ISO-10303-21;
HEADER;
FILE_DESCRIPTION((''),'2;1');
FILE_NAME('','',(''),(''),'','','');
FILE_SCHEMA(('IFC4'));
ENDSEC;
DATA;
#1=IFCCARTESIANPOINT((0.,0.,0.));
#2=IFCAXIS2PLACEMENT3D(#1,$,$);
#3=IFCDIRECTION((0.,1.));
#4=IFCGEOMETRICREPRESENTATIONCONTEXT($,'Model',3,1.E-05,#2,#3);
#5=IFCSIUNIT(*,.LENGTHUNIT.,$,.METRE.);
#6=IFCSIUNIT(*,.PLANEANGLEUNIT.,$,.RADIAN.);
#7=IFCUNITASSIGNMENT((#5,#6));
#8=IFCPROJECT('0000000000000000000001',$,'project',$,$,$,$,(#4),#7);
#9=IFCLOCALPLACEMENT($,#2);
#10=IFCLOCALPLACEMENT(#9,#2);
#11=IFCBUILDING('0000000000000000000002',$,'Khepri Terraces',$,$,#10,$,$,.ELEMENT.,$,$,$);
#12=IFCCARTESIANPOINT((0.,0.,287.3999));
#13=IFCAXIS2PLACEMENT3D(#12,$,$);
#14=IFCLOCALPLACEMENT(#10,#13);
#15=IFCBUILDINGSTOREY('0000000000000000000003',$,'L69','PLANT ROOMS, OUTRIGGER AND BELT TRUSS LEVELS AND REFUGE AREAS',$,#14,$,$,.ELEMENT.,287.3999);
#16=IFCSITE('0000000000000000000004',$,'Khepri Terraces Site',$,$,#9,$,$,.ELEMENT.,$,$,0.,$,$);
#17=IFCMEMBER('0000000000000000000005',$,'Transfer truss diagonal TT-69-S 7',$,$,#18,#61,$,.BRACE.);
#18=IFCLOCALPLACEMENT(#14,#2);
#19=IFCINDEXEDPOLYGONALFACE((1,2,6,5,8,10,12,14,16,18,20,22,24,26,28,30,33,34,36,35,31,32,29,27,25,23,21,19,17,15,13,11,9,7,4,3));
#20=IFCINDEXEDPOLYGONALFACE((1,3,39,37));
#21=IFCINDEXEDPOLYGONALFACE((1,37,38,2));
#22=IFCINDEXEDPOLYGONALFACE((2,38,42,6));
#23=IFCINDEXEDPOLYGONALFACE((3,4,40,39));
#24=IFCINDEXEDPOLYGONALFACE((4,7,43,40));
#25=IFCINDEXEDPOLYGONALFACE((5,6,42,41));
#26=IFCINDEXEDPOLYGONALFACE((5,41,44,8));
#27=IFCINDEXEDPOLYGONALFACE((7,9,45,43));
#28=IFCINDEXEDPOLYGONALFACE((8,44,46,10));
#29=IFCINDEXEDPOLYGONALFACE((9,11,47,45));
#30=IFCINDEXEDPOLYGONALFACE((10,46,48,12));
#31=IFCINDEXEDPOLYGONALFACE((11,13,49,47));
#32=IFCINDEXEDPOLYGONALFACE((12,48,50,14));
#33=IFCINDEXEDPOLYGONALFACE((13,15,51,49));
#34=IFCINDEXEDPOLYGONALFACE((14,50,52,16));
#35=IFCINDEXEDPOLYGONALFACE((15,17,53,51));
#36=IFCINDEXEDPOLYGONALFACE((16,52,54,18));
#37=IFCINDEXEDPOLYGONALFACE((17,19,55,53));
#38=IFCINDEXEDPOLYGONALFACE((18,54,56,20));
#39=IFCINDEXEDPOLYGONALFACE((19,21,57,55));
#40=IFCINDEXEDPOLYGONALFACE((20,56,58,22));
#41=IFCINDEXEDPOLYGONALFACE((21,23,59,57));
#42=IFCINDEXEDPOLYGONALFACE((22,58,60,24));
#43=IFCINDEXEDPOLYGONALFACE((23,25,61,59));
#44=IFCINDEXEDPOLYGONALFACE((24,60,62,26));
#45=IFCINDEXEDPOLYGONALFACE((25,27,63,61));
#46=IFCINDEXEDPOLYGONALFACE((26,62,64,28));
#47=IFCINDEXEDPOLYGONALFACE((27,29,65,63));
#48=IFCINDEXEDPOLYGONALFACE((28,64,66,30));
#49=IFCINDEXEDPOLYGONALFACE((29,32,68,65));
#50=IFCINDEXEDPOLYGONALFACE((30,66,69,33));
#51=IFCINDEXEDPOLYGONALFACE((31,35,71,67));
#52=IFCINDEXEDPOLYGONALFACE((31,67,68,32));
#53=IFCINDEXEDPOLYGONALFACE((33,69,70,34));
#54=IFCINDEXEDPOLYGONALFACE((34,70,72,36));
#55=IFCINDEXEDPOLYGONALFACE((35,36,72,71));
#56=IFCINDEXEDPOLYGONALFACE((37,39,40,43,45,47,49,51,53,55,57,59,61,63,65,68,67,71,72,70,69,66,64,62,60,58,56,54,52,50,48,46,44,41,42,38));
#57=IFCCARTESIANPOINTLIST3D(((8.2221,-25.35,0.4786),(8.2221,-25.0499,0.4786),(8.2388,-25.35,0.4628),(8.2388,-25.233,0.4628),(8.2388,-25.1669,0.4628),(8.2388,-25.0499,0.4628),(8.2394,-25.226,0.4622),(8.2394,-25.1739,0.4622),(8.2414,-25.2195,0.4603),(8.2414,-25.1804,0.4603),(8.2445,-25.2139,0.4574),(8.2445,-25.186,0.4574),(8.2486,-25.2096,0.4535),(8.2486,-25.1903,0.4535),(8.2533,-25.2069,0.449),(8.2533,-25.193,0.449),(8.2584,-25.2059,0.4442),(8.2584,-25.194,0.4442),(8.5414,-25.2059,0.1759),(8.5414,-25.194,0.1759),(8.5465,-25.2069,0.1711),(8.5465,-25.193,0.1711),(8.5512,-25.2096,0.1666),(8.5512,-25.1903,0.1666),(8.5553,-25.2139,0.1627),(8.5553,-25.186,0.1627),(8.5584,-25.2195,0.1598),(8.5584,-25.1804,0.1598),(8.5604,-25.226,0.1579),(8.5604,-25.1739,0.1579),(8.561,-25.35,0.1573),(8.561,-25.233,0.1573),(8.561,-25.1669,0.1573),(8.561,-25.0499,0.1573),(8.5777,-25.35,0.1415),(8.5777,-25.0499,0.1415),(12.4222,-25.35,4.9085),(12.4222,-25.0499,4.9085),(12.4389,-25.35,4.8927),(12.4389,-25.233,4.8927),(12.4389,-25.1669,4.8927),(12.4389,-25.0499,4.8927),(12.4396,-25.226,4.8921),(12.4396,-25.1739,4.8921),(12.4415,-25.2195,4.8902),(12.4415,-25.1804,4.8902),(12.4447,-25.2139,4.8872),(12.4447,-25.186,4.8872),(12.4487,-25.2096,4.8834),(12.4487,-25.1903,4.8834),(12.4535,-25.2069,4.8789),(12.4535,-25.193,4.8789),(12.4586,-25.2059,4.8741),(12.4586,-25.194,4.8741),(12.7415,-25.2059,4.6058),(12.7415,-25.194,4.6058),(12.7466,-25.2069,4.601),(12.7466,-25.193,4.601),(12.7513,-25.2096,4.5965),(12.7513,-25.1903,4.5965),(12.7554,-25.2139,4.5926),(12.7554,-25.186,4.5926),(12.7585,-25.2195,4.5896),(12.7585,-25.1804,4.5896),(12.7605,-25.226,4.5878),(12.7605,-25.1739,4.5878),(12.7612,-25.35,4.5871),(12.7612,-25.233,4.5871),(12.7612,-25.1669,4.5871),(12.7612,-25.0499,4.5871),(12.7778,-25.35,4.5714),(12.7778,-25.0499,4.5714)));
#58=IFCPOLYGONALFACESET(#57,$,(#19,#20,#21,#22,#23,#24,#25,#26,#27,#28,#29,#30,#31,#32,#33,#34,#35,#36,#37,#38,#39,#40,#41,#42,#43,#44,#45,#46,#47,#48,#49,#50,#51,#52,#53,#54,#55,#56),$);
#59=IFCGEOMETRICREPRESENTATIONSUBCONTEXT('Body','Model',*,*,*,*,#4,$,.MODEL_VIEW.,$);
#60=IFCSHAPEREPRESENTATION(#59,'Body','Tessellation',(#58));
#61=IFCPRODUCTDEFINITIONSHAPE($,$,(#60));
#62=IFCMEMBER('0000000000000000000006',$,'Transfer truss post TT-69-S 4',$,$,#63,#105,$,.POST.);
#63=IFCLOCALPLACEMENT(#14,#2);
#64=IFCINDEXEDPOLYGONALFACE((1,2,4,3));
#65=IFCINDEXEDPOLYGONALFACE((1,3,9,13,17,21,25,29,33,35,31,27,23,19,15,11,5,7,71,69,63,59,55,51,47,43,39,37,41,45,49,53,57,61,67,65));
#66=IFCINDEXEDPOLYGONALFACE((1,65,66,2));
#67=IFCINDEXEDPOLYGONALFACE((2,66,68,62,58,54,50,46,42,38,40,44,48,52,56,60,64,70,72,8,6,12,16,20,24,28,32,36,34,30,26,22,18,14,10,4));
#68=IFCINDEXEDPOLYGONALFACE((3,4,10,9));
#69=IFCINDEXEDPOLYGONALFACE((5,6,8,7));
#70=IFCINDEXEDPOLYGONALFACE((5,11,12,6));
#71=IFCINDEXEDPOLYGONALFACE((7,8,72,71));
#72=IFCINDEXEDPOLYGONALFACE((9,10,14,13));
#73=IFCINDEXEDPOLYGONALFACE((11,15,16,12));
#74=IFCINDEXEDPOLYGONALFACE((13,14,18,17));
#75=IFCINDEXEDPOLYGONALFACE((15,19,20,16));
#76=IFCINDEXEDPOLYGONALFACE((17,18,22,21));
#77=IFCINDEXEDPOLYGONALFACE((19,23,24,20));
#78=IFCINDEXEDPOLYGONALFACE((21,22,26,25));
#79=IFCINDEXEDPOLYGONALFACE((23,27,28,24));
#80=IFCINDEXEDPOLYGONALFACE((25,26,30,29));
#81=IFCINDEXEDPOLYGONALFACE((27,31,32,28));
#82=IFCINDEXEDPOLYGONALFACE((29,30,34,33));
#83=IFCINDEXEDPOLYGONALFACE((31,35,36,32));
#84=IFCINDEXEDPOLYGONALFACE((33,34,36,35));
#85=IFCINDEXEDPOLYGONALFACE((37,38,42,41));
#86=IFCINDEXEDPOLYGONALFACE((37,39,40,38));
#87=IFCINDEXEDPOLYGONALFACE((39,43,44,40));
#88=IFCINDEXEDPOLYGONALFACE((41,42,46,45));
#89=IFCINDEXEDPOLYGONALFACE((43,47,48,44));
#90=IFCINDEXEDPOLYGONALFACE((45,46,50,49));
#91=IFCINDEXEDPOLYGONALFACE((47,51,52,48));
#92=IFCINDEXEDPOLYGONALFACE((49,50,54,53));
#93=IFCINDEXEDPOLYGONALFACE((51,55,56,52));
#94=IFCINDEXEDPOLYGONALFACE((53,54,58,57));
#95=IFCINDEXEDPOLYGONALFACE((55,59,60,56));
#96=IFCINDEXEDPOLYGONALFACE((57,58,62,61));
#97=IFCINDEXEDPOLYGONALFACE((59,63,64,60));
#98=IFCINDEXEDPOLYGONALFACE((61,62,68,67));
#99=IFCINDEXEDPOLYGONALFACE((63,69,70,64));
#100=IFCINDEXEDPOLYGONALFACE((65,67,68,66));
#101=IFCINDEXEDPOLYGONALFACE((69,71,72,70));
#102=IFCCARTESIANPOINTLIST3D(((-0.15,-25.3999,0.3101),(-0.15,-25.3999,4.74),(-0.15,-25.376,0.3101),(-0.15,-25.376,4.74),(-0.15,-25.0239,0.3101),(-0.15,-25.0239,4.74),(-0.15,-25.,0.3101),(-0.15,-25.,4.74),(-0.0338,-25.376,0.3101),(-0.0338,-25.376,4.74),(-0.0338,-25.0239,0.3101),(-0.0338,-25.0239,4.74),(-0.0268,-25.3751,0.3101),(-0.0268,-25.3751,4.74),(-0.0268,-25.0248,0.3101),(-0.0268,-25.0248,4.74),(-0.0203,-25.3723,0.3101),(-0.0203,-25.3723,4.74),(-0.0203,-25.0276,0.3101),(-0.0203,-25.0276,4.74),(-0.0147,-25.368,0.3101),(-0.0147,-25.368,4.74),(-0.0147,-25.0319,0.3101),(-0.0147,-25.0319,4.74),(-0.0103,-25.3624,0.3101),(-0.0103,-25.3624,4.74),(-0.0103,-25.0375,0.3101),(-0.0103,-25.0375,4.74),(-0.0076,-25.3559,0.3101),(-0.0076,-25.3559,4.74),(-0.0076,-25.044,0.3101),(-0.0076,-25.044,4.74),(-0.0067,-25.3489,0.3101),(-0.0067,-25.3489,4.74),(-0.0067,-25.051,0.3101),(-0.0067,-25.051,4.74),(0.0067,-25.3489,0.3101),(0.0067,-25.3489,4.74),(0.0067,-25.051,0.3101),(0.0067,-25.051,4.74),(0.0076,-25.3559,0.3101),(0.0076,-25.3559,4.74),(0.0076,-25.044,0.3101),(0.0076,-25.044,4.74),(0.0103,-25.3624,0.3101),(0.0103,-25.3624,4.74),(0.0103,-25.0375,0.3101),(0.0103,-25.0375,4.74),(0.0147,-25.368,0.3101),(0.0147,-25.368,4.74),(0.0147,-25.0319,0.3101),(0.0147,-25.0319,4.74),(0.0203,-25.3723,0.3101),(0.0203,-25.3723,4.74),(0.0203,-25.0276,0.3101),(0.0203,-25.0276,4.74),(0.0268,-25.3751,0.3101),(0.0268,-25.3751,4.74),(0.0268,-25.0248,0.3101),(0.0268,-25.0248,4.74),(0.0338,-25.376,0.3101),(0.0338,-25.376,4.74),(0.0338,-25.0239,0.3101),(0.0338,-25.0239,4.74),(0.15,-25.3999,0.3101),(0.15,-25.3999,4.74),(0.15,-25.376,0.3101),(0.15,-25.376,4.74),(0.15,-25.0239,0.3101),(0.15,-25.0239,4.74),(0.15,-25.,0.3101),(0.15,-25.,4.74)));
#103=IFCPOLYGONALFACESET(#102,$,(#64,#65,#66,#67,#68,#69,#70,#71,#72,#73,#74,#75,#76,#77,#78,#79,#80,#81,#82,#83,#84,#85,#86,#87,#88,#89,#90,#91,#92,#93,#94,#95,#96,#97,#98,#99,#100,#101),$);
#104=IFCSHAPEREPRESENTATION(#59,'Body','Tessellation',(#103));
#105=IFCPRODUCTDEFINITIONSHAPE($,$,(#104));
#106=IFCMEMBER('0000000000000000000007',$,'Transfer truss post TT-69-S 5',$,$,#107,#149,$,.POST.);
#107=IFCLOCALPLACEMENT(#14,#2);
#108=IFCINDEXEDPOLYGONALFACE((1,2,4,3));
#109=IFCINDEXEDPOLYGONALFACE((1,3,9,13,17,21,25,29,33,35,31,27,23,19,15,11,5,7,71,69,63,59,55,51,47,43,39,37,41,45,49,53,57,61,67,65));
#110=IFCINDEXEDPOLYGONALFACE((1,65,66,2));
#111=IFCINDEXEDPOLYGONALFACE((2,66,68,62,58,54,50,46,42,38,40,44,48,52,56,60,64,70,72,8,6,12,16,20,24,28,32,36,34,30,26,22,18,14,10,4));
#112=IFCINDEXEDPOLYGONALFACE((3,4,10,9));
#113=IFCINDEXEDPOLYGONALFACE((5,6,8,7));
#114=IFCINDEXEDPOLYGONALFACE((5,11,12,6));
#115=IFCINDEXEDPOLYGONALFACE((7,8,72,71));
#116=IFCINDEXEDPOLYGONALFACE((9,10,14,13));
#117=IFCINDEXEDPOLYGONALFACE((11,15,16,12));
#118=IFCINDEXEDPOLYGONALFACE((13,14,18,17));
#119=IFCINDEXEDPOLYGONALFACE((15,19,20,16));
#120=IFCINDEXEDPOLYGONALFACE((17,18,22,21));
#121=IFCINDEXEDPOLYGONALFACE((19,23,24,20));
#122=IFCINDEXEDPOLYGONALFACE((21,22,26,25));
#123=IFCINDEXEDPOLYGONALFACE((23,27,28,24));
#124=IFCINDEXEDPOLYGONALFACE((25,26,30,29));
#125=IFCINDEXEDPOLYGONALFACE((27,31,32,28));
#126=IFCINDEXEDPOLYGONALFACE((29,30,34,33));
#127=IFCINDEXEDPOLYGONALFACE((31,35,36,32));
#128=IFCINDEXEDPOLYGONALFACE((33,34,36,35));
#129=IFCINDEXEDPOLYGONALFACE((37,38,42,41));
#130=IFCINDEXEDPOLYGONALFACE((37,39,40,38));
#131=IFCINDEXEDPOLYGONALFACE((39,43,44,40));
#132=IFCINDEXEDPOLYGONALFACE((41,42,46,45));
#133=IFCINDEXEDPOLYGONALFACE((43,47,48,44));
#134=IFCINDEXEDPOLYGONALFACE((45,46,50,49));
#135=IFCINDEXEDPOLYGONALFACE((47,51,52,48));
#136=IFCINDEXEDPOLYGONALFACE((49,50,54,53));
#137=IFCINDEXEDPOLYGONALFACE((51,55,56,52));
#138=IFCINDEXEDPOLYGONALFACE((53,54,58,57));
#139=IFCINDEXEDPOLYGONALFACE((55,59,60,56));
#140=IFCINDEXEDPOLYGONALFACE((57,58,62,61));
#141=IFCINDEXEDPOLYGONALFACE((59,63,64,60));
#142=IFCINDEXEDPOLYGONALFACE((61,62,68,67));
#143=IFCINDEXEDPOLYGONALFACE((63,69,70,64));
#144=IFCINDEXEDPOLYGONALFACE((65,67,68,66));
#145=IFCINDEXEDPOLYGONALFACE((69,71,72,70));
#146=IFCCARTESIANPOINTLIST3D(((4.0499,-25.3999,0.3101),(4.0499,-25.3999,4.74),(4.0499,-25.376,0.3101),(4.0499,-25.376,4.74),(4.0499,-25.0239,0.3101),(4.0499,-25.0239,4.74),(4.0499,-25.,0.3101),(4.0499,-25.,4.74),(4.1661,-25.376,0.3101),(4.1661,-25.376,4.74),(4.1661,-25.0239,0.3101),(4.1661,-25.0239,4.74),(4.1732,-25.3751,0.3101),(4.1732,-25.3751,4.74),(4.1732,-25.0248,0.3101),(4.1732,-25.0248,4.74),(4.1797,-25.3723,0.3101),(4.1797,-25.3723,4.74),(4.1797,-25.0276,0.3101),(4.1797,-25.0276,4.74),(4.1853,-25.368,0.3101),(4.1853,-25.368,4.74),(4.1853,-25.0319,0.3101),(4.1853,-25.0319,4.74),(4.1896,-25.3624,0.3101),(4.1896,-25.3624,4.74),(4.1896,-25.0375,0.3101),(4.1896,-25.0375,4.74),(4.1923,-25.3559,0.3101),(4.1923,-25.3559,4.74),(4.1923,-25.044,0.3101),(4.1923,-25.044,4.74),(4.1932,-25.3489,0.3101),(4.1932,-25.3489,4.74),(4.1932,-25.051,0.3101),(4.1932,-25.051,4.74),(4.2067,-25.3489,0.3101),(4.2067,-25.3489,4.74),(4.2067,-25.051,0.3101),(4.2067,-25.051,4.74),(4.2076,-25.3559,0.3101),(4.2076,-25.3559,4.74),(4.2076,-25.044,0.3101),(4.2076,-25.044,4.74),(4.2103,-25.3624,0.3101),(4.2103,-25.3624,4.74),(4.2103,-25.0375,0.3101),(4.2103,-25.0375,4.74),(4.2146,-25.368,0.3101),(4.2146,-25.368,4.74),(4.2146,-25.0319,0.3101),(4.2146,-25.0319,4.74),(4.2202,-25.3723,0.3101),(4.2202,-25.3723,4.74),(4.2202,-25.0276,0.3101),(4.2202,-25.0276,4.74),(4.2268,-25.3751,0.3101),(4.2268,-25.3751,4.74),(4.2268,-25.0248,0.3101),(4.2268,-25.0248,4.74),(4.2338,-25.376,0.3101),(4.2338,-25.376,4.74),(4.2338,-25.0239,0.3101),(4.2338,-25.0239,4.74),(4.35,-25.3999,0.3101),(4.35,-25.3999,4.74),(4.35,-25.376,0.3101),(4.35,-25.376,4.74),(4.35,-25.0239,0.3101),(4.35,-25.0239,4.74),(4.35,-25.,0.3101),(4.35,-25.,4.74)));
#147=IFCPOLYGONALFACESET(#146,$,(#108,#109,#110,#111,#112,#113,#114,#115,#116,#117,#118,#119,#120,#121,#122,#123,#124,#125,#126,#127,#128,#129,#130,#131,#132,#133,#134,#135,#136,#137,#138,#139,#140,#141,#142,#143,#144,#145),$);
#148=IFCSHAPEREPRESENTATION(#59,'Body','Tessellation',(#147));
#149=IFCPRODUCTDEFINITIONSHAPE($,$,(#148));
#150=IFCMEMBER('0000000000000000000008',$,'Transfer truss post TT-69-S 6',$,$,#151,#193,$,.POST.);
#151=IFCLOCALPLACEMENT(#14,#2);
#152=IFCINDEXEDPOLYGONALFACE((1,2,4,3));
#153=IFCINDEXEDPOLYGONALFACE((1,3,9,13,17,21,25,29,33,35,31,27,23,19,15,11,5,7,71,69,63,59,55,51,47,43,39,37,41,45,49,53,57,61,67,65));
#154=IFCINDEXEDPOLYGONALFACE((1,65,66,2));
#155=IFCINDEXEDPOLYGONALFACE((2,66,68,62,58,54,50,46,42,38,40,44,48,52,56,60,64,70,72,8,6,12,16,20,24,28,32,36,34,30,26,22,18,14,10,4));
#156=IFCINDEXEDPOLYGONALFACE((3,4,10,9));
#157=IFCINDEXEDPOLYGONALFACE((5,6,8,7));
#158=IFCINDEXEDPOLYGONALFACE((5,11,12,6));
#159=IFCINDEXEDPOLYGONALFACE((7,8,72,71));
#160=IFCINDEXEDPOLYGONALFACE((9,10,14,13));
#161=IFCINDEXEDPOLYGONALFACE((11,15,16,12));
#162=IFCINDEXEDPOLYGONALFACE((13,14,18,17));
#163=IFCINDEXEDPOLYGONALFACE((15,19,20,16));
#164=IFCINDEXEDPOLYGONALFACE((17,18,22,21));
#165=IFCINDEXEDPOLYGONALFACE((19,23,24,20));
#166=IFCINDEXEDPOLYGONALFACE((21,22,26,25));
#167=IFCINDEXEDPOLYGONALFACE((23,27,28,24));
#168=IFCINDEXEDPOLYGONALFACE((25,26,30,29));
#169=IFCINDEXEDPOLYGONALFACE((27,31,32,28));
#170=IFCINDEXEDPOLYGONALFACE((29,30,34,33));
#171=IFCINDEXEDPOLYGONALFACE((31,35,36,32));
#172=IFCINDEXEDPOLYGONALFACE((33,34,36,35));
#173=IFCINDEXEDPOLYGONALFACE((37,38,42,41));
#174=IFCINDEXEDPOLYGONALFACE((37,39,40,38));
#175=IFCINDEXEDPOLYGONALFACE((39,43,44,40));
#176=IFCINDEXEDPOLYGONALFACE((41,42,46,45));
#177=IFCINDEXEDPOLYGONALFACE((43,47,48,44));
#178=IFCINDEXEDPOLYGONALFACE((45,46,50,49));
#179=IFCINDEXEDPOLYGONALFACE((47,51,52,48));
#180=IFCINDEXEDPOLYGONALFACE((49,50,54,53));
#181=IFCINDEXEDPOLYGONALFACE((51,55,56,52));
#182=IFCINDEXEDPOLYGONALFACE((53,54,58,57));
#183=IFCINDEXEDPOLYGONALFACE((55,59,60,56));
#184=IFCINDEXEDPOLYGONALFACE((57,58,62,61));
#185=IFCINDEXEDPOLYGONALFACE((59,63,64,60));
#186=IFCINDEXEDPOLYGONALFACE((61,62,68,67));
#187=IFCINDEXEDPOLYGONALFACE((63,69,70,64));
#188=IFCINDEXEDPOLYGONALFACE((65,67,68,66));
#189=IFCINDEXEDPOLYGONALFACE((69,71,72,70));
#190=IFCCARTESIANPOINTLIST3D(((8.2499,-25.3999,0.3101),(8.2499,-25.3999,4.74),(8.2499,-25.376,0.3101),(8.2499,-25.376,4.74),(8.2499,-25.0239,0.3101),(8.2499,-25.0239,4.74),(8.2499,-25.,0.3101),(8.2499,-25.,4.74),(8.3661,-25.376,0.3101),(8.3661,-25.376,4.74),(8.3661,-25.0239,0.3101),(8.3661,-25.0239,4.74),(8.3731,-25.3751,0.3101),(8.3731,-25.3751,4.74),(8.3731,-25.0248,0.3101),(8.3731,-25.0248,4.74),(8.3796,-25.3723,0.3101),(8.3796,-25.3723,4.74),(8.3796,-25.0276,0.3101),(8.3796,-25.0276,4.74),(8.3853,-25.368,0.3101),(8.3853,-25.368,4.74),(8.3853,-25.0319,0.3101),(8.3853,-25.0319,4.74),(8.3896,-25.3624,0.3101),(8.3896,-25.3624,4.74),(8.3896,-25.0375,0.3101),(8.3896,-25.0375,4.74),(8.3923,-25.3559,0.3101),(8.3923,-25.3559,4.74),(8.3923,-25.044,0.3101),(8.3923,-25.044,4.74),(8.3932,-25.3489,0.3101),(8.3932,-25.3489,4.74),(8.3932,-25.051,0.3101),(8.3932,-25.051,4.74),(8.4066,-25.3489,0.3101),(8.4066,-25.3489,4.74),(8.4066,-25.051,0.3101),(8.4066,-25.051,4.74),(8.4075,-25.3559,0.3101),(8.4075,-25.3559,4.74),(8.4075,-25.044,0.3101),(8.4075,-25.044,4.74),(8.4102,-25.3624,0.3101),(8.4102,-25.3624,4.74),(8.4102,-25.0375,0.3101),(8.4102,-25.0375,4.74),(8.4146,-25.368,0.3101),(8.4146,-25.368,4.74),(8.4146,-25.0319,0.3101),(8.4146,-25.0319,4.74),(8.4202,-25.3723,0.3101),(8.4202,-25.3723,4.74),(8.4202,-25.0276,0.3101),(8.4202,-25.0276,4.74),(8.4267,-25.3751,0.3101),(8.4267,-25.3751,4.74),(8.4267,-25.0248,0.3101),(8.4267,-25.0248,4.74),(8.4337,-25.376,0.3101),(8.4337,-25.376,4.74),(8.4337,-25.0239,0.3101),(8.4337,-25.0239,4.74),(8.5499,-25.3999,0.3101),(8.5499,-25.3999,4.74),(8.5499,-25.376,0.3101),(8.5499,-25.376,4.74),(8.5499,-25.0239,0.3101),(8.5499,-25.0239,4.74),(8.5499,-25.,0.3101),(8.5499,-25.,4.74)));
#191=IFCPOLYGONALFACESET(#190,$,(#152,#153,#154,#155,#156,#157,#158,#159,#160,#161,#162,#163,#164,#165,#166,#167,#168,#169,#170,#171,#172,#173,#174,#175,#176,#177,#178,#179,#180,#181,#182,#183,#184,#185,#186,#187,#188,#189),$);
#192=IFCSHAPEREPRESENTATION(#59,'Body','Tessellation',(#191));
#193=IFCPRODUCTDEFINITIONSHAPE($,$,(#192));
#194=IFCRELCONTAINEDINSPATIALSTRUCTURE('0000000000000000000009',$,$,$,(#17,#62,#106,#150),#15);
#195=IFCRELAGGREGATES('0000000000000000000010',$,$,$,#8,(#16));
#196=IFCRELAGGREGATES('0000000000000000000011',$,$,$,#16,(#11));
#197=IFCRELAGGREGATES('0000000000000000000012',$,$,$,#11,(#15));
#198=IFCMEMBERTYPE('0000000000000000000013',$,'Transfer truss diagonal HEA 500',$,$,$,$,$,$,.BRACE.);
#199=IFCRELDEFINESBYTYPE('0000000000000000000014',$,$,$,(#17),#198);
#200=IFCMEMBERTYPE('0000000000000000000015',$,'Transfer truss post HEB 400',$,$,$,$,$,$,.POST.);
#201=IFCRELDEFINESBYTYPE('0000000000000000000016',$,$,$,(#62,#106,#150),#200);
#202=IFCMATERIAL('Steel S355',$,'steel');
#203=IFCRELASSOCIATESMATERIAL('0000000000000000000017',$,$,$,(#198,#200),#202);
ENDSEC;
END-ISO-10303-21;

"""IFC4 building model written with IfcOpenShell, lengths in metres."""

from ifc_helpers import new_model, si_unit, direction, frame, origin, origin_2d, place, context, subcontext, project, spatial, i_section, extrude, material, material_profile, profile_set, type_object, element, save


model = new_model("IFC4")

# Units and contexts
model_context = context("Model", 3, precision=1e-05, world=origin(), true_north=direction((0.0, 1.0)))
body_context = subcontext(model_context, "Body", "Model", "MODEL_VIEW")
ifc_project = project(units=[si_unit("LENGTHUNIT", "METRE"), si_unit("PLANEANGLEUNIT", "RADIAN")], contexts=[model_context])

# Site, building, storey
site_placement = place(None, origin())
site = spatial("IfcSite", under=ifc_project, at=site_placement, Name="Khepri Terraces Site", CompositionType="ELEMENT", RefElevation=0.0)
building_placement = place(site_placement, origin())
building = spatial("IfcBuilding", under=site, at=building_placement, Name="Khepri Terraces", CompositionType="ELEMENT")
storey_placement = place(building_placement, frame((0.0, 0.0, 287.3999)))
storey = spatial("IfcBuildingStorey", under=building, at=storey_placement, Name="L69", Description="PLANT ROOMS, OUTRIGGER AND BELT TRUSS LEVELS AND REFUGE AREAS", CompositionType="ELEMENT", Elevation=287.3999)

# Members
ifc_material_1 = material(Name="Steel S355", Category="steel")
ifc_material_profile_1 = material_profile(ifc_material_1, i_section(OverallWidth=0.3, OverallDepth=0.49, WebThickness=0.012, FlangeThickness=0.0229, FilletRadius=0.0271, at=origin_2d()), Name="Steel S355", Category="steel")
ifc_profile_set_1 = profile_set([ifc_material_profile_1], Name="Steel S355")
member_type_1 = type_object("IfcMemberType", Name="Transfer truss diagonal HEA 500", PredefinedType="BRACE", material=ifc_profile_set_1)
for number, where, z_axis, x_axis, name in (
    (1, (8.3999, -25.2, 0.3101), (0.68804, 0.0, 0.725673), (0.0, 1.0, 0.0), "Transfer truss diagonal TT-69-S 7"),
):
    element("IfcMember", number, at=place(storey_placement, frame(where, z_axis=z_axis, x_axis=x_axis)), inside=storey, type_object=member_type_1, Name=name, PredefinedType="BRACE", context=body_context, shape_type="SweptSolid", body=[
        extrude(i_section(OverallWidth=0.3, OverallDepth=0.49, WebThickness=0.012, FlangeThickness=0.0229, FilletRadius=0.0271, at=origin_2d()), origin(), (0.0, 0.0, 1.0), 6.1045),
    ])
ifc_material_profile_2 = material_profile(ifc_material_1, i_section(OverallWidth=0.3, OverallDepth=0.3999, WebThickness=0.0134, FlangeThickness=0.0239, FilletRadius=0.0271, at=origin_2d()), Name="Steel S355", Category="steel")
ifc_profile_set_2 = profile_set([ifc_material_profile_2], Name="Steel S355")
member_type_2 = type_object("IfcMemberType", Name="Transfer truss post HEB 400", PredefinedType="POST", material=ifc_profile_set_2)
for number, where, z_axis, x_axis, name in (
    (2, (0.0, -25.2, 0.3101), (0.0, 0.0, 1.0), (1.0, 0.0, 0.0), "Transfer truss post TT-69-S 4"),
    (3, (4.2, -25.2, 0.3101), (0.0, 0.0, 1.0), (1.0, 0.0, 0.0), "Transfer truss post TT-69-S 5"),
    (4, (8.3999, -25.2, 0.3101), (0.0, 0.0, 1.0), (1.0, 0.0, 0.0), "Transfer truss post TT-69-S 6"),
):
    element("IfcMember", number, at=place(storey_placement, frame(where, z_axis=z_axis, x_axis=x_axis)), inside=storey, type_object=member_type_2, Name=name, PredefinedType="POST", context=body_context, shape_type="SweptSolid", body=[
        extrude(i_section(OverallWidth=0.3, OverallDepth=0.3999, WebThickness=0.0134, FlangeThickness=0.0239, FilletRadius=0.0271, at=origin_2d()), origin(), (0.0, 0.0, 1.0), 4.4299),
    ])

save(model, "model.ifc")
